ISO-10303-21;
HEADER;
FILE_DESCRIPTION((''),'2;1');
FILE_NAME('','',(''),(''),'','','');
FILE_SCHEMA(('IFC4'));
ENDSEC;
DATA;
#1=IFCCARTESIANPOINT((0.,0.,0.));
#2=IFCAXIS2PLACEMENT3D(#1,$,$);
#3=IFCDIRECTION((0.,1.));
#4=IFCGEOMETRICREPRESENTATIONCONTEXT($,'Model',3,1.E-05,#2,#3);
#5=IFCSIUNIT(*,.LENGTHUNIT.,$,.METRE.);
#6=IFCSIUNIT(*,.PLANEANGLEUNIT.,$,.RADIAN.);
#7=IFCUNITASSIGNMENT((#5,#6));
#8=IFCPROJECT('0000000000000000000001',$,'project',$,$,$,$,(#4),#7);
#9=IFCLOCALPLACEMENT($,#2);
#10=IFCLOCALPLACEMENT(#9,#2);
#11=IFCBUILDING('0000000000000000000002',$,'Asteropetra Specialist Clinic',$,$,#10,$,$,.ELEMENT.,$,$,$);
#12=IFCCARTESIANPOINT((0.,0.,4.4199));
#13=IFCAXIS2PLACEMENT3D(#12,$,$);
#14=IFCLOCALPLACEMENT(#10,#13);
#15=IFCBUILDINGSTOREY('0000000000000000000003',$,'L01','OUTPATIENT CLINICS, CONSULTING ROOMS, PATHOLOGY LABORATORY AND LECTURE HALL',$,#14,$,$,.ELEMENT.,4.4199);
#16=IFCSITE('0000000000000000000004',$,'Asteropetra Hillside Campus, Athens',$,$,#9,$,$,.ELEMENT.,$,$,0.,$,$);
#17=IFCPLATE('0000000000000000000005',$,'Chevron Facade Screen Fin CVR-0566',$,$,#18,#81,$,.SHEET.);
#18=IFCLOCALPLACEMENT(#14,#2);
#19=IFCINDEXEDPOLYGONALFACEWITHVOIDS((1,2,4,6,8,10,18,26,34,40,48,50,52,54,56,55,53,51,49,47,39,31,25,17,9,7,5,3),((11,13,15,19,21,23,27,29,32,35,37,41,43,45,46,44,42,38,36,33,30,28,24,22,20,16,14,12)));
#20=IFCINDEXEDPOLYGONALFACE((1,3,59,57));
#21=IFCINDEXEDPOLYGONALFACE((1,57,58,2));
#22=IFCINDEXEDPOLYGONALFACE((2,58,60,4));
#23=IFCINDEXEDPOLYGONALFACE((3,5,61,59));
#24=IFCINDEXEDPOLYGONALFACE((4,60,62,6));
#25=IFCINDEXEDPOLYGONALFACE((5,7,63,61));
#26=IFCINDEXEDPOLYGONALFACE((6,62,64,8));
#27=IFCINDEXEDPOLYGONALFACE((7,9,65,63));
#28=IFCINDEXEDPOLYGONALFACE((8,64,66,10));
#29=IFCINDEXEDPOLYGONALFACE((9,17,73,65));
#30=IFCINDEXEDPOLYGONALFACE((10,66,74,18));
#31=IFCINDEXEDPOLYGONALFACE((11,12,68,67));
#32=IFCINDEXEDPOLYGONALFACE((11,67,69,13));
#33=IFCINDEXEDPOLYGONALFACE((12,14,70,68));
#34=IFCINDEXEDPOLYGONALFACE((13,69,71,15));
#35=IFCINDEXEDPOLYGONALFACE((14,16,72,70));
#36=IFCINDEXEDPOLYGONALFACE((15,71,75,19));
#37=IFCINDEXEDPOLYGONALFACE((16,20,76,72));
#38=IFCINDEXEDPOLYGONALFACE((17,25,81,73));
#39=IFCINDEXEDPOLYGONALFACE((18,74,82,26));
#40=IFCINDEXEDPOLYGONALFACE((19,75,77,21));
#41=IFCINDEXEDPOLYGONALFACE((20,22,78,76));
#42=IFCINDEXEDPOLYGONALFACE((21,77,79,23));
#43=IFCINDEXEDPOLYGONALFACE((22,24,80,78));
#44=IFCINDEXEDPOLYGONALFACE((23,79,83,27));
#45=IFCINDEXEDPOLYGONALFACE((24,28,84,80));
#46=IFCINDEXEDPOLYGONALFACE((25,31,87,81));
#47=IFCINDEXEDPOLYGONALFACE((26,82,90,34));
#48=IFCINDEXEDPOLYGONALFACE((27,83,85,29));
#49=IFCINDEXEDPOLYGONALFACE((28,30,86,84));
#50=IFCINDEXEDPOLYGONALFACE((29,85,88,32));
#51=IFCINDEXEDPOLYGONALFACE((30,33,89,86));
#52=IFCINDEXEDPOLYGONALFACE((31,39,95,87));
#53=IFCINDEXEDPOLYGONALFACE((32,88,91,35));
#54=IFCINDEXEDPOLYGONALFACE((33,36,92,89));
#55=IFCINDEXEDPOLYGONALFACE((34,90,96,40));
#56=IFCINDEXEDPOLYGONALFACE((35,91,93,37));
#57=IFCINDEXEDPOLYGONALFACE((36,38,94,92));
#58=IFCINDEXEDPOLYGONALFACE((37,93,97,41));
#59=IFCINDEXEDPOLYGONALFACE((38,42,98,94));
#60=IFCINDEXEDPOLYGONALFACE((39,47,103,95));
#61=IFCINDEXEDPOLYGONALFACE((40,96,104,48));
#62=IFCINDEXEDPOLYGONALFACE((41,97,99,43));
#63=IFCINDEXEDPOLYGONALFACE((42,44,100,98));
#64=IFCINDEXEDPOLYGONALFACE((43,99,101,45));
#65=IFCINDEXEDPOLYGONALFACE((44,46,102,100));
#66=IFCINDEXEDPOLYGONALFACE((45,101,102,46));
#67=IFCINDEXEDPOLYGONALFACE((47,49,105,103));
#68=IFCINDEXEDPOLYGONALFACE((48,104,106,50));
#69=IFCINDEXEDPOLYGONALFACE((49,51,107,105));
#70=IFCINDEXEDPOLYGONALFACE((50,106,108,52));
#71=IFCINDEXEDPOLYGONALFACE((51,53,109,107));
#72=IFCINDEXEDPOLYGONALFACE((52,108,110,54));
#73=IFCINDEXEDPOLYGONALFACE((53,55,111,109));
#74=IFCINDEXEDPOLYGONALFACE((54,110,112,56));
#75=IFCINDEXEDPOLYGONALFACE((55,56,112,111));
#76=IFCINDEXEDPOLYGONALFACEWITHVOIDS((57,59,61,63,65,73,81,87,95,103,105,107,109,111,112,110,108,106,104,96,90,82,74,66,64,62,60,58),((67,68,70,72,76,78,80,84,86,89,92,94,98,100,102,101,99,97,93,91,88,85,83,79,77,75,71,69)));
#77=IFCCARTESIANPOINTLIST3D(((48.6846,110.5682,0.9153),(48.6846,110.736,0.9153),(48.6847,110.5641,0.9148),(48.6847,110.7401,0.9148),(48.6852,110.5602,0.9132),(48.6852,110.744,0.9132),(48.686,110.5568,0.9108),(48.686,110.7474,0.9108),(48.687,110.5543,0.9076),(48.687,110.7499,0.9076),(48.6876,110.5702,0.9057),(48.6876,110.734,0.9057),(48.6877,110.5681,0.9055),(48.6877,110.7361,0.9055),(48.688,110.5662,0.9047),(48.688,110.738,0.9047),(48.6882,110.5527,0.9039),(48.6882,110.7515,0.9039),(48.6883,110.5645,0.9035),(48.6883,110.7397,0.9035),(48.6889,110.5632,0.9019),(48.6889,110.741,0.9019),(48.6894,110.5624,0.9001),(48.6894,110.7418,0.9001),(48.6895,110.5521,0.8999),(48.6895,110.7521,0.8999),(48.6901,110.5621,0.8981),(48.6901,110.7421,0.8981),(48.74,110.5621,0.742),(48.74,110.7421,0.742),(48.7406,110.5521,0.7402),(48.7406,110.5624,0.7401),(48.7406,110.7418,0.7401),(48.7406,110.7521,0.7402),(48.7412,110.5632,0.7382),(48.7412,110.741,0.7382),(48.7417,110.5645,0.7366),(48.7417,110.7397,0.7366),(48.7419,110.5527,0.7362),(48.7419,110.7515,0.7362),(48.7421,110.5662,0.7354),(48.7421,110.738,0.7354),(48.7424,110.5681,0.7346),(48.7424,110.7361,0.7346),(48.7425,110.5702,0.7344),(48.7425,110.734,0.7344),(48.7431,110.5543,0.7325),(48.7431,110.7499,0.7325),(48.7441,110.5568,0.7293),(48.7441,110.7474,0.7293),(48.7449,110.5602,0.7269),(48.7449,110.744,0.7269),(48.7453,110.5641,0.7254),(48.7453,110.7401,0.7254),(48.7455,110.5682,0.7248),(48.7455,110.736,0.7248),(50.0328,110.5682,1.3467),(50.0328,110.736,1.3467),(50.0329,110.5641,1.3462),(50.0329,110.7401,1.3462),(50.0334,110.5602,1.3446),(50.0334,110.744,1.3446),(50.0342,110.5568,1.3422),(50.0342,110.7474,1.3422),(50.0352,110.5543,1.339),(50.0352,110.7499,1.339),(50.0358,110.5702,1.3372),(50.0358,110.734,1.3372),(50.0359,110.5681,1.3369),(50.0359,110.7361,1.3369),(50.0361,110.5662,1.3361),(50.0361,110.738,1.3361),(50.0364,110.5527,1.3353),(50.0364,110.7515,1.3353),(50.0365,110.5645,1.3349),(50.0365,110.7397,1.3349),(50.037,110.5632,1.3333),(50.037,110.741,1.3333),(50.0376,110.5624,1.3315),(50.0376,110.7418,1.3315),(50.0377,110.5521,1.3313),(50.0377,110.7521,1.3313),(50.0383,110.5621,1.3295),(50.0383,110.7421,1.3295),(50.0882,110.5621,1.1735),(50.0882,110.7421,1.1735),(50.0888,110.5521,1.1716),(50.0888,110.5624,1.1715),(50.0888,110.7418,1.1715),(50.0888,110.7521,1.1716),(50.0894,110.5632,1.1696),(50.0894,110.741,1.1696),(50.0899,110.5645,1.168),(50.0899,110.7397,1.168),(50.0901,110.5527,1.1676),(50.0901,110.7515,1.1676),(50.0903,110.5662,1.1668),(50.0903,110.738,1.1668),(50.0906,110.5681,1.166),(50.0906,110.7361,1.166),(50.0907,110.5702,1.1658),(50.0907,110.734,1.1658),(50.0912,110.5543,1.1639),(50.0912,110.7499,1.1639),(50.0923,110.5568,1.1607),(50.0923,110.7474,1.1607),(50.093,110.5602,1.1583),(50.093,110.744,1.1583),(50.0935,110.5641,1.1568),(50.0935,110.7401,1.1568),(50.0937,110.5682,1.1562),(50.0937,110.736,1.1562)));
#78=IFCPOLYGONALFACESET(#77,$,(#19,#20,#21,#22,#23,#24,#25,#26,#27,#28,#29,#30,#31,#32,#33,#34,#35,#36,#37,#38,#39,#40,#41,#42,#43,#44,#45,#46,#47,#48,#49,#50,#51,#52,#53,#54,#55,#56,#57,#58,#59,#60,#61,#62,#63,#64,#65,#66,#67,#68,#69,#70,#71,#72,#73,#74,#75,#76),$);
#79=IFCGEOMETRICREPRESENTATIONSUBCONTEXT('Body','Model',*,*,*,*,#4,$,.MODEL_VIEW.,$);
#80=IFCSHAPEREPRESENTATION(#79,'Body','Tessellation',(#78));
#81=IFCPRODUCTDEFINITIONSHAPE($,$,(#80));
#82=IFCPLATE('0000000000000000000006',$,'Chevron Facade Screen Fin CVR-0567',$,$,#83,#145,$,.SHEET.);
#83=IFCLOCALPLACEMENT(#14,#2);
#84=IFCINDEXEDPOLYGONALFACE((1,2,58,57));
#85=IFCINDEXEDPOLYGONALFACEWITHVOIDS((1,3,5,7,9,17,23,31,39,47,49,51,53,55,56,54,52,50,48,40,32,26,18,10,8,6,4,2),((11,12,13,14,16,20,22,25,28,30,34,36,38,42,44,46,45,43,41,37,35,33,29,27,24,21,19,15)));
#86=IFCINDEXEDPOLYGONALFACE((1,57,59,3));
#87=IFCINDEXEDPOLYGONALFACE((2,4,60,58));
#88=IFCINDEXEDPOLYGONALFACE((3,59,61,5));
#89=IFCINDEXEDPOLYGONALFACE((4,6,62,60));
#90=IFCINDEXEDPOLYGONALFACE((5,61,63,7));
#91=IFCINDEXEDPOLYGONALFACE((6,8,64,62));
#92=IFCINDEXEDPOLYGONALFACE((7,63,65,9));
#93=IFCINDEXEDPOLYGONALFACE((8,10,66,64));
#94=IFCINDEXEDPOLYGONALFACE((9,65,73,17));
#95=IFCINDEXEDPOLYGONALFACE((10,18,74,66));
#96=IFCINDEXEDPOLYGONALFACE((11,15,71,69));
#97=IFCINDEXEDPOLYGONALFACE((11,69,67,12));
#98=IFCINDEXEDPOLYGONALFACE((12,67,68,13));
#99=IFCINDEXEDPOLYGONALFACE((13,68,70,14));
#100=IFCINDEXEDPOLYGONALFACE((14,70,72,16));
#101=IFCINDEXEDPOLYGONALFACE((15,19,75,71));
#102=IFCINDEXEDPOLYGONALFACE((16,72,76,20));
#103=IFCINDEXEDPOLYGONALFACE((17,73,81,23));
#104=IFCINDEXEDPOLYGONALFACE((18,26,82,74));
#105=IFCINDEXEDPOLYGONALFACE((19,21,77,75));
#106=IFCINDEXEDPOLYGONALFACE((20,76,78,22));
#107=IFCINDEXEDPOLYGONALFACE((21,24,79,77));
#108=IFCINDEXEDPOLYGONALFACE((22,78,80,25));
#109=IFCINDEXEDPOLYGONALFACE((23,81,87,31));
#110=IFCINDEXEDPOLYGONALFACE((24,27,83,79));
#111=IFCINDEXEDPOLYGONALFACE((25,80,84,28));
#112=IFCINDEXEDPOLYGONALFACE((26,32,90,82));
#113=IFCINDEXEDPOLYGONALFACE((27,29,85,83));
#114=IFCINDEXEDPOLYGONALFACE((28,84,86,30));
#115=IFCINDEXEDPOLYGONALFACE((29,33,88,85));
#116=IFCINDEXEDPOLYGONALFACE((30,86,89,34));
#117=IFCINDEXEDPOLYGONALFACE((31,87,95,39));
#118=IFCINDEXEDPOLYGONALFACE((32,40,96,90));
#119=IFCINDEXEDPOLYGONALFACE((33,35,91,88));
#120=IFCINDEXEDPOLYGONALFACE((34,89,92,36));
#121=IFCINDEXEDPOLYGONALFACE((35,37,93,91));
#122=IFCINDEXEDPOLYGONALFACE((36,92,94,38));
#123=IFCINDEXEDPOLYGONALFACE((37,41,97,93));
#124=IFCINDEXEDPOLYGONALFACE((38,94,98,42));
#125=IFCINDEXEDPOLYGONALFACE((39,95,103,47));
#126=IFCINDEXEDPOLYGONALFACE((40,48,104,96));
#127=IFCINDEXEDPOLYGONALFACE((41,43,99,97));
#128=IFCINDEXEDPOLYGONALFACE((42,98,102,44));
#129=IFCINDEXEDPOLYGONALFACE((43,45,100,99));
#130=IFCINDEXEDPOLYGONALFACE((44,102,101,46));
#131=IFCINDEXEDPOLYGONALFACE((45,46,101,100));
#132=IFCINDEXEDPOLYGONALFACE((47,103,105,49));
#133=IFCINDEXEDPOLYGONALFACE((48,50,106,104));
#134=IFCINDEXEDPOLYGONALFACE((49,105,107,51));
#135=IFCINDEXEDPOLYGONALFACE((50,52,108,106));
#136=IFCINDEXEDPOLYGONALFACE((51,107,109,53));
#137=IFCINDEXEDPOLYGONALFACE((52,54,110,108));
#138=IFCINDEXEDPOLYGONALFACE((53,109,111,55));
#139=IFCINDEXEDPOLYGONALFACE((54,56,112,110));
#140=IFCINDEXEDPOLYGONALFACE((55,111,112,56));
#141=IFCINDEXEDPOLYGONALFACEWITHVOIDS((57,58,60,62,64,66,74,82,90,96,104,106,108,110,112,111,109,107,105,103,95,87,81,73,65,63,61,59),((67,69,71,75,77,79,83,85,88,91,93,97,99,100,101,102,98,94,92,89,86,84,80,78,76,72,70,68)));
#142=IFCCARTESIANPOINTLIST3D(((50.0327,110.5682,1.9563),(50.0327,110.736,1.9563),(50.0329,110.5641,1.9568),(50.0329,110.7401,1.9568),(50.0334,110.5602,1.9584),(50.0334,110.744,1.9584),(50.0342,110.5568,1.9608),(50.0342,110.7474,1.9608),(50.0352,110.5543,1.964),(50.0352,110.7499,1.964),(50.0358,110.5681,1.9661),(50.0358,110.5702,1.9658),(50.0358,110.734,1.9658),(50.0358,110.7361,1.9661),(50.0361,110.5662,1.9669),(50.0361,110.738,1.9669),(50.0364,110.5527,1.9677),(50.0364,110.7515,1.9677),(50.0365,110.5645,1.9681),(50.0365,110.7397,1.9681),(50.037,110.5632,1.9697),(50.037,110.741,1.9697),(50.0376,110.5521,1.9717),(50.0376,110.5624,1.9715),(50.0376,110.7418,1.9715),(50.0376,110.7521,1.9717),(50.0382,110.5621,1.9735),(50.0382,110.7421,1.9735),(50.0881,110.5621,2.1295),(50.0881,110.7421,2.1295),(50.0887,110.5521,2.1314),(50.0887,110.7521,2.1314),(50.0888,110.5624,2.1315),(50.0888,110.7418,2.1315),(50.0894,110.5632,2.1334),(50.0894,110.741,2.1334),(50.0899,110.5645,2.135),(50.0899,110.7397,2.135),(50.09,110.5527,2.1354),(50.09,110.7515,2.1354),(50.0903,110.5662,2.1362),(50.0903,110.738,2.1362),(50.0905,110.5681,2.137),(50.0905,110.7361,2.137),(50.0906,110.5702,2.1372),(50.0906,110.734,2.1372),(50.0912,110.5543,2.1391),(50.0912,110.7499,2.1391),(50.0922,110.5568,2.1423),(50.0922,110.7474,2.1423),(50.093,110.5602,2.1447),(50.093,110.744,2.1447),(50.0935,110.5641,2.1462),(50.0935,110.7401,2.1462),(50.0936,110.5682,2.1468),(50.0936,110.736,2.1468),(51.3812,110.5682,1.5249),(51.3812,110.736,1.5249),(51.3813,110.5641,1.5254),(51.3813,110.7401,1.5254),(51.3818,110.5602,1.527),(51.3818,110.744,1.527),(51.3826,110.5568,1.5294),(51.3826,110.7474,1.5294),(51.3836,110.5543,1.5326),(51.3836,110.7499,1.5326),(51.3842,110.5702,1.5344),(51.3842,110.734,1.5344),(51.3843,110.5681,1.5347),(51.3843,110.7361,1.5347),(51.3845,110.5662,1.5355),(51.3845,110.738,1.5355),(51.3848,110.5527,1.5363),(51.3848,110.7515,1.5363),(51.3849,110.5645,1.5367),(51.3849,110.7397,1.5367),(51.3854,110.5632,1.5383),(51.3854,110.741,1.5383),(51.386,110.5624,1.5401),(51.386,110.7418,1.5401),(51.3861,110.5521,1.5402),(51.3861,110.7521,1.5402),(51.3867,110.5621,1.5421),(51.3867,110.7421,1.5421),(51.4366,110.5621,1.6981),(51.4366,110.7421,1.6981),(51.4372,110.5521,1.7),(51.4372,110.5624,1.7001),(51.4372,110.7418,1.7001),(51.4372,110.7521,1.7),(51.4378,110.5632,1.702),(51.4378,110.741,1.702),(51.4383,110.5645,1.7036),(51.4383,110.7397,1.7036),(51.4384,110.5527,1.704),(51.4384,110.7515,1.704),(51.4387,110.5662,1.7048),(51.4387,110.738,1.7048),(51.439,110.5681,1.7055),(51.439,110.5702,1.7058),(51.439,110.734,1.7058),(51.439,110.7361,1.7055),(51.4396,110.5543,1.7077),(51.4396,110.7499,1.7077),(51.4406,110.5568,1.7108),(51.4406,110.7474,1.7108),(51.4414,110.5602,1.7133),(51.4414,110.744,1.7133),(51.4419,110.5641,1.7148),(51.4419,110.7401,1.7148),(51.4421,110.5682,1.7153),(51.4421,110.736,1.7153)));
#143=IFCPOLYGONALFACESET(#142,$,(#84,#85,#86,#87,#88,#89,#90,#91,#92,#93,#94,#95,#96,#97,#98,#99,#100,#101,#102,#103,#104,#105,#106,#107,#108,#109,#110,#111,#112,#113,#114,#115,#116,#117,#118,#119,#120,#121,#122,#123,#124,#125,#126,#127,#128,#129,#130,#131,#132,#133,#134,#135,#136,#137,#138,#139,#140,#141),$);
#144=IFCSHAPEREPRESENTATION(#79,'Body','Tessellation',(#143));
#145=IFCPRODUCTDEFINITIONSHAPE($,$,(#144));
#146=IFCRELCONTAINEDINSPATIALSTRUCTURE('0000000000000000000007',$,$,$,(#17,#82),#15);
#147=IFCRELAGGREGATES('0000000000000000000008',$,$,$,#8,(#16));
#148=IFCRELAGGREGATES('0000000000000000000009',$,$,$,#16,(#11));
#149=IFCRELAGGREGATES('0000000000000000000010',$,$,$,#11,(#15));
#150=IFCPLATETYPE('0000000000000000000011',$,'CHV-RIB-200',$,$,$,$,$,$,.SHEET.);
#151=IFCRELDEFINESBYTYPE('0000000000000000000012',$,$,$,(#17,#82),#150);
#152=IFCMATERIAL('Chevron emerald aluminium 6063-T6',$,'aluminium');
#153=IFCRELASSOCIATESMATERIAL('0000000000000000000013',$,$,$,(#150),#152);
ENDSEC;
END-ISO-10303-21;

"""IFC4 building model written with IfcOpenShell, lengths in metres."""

from ifc_helpers import new_model, si_unit, direction, frame, origin, origin_2d, place, context, subcontext, project, spatial, hollow_rectangle, extrude, material, material_profile, profile_set, type_object, element, save


model = new_model("IFC4")

# Units and contexts
model_context = context("Model", 3, precision=1e-05, world=origin(), true_north=direction((0.0, 1.0)))
body_context = subcontext(model_context, "Body", "Model", "MODEL_VIEW")
ifc_project = project(units=[si_unit("LENGTHUNIT", "METRE"), si_unit("PLANEANGLEUNIT", "RADIAN")], contexts=[model_context])

# Site, building, storey
site_placement = place(None, origin())
site = spatial("IfcSite", under=ifc_project, at=site_placement, Name="Asteropetra Hillside Campus, Athens", CompositionType="ELEMENT", RefElevation=0.0)
building_placement = place(site_placement, origin())
building = spatial("IfcBuilding", under=site, at=building_placement, Name="Asteropetra Specialist Clinic", CompositionType="ELEMENT")
storey_placement = place(building_placement, frame((0.0, 0.0, 4.4199)))
storey = spatial("IfcBuildingStorey", under=building, at=storey_placement, Name="L01", Description="OUTPATIENT CLINICS, CONSULTING ROOMS, PATHOLOGY LABORATORY AND LECTURE HALL", CompositionType="ELEMENT", Elevation=4.4199)

# Plates
ifc_material_1 = material(Name="Chevron emerald aluminium 6063-T6", Category="aluminium")
ifc_material_profile = material_profile(ifc_material_1, hollow_rectangle(XDim=0.2, YDim=0.2, WallThickness=0.01, InnerFilletRadius=0.0081, OuterFilletRadius=0.0161, at=origin_2d()), Name="SHS 200x200x10.0")
ifc_profile_set = profile_set([ifc_material_profile], Name="Chevron emerald aluminium 6063-T6")
plate_type_1 = type_object("IfcPlateType", Name="CHV-RIB-200", PredefinedType="SHEET", material=ifc_profile_set)
plate_1_placement = place(storey_placement, frame((50.0632, 110.6521, 1.2515), z_axis=(-0.952426, 0.0, -0.304769), x_axis=(0.0, -1.0, 0.0)))
element("IfcPlate", 1, at=plate_1_placement, inside=storey, type_object=plate_type_1, Name="Chevron Facade Screen Fin CVR-0566", PredefinedType="SHEET", context=body_context, shape_type="SweptSolid", body=[
    extrude(hollow_rectangle(XDim=0.2, YDim=0.2, WallThickness=0.01, InnerFilletRadius=0.0081, OuterFilletRadius=0.0161, at=origin_2d()), origin(), (0.0, 0.0, 1.0), 1.4155),
])
plate_2_placement = place(storey_placement, frame((51.4116, 110.6521, 1.6201), z_axis=(-0.952442, 0.0, 0.304719), x_axis=(0.0, -1.0, 0.0)))
element("IfcPlate", 2, at=plate_2_placement, inside=storey, type_object=plate_type_1, Name="Chevron Facade Screen Fin CVR-0567", PredefinedType="SHEET", context=body_context, shape_type="SweptSolid", body=[
    extrude(hollow_rectangle(XDim=0.2, YDim=0.2, WallThickness=0.01, InnerFilletRadius=0.0081, OuterFilletRadius=0.0161, at=origin_2d()), origin(), (0.0, 0.0, 1.0), 1.4158),
])

save(model, "model.ifc")
